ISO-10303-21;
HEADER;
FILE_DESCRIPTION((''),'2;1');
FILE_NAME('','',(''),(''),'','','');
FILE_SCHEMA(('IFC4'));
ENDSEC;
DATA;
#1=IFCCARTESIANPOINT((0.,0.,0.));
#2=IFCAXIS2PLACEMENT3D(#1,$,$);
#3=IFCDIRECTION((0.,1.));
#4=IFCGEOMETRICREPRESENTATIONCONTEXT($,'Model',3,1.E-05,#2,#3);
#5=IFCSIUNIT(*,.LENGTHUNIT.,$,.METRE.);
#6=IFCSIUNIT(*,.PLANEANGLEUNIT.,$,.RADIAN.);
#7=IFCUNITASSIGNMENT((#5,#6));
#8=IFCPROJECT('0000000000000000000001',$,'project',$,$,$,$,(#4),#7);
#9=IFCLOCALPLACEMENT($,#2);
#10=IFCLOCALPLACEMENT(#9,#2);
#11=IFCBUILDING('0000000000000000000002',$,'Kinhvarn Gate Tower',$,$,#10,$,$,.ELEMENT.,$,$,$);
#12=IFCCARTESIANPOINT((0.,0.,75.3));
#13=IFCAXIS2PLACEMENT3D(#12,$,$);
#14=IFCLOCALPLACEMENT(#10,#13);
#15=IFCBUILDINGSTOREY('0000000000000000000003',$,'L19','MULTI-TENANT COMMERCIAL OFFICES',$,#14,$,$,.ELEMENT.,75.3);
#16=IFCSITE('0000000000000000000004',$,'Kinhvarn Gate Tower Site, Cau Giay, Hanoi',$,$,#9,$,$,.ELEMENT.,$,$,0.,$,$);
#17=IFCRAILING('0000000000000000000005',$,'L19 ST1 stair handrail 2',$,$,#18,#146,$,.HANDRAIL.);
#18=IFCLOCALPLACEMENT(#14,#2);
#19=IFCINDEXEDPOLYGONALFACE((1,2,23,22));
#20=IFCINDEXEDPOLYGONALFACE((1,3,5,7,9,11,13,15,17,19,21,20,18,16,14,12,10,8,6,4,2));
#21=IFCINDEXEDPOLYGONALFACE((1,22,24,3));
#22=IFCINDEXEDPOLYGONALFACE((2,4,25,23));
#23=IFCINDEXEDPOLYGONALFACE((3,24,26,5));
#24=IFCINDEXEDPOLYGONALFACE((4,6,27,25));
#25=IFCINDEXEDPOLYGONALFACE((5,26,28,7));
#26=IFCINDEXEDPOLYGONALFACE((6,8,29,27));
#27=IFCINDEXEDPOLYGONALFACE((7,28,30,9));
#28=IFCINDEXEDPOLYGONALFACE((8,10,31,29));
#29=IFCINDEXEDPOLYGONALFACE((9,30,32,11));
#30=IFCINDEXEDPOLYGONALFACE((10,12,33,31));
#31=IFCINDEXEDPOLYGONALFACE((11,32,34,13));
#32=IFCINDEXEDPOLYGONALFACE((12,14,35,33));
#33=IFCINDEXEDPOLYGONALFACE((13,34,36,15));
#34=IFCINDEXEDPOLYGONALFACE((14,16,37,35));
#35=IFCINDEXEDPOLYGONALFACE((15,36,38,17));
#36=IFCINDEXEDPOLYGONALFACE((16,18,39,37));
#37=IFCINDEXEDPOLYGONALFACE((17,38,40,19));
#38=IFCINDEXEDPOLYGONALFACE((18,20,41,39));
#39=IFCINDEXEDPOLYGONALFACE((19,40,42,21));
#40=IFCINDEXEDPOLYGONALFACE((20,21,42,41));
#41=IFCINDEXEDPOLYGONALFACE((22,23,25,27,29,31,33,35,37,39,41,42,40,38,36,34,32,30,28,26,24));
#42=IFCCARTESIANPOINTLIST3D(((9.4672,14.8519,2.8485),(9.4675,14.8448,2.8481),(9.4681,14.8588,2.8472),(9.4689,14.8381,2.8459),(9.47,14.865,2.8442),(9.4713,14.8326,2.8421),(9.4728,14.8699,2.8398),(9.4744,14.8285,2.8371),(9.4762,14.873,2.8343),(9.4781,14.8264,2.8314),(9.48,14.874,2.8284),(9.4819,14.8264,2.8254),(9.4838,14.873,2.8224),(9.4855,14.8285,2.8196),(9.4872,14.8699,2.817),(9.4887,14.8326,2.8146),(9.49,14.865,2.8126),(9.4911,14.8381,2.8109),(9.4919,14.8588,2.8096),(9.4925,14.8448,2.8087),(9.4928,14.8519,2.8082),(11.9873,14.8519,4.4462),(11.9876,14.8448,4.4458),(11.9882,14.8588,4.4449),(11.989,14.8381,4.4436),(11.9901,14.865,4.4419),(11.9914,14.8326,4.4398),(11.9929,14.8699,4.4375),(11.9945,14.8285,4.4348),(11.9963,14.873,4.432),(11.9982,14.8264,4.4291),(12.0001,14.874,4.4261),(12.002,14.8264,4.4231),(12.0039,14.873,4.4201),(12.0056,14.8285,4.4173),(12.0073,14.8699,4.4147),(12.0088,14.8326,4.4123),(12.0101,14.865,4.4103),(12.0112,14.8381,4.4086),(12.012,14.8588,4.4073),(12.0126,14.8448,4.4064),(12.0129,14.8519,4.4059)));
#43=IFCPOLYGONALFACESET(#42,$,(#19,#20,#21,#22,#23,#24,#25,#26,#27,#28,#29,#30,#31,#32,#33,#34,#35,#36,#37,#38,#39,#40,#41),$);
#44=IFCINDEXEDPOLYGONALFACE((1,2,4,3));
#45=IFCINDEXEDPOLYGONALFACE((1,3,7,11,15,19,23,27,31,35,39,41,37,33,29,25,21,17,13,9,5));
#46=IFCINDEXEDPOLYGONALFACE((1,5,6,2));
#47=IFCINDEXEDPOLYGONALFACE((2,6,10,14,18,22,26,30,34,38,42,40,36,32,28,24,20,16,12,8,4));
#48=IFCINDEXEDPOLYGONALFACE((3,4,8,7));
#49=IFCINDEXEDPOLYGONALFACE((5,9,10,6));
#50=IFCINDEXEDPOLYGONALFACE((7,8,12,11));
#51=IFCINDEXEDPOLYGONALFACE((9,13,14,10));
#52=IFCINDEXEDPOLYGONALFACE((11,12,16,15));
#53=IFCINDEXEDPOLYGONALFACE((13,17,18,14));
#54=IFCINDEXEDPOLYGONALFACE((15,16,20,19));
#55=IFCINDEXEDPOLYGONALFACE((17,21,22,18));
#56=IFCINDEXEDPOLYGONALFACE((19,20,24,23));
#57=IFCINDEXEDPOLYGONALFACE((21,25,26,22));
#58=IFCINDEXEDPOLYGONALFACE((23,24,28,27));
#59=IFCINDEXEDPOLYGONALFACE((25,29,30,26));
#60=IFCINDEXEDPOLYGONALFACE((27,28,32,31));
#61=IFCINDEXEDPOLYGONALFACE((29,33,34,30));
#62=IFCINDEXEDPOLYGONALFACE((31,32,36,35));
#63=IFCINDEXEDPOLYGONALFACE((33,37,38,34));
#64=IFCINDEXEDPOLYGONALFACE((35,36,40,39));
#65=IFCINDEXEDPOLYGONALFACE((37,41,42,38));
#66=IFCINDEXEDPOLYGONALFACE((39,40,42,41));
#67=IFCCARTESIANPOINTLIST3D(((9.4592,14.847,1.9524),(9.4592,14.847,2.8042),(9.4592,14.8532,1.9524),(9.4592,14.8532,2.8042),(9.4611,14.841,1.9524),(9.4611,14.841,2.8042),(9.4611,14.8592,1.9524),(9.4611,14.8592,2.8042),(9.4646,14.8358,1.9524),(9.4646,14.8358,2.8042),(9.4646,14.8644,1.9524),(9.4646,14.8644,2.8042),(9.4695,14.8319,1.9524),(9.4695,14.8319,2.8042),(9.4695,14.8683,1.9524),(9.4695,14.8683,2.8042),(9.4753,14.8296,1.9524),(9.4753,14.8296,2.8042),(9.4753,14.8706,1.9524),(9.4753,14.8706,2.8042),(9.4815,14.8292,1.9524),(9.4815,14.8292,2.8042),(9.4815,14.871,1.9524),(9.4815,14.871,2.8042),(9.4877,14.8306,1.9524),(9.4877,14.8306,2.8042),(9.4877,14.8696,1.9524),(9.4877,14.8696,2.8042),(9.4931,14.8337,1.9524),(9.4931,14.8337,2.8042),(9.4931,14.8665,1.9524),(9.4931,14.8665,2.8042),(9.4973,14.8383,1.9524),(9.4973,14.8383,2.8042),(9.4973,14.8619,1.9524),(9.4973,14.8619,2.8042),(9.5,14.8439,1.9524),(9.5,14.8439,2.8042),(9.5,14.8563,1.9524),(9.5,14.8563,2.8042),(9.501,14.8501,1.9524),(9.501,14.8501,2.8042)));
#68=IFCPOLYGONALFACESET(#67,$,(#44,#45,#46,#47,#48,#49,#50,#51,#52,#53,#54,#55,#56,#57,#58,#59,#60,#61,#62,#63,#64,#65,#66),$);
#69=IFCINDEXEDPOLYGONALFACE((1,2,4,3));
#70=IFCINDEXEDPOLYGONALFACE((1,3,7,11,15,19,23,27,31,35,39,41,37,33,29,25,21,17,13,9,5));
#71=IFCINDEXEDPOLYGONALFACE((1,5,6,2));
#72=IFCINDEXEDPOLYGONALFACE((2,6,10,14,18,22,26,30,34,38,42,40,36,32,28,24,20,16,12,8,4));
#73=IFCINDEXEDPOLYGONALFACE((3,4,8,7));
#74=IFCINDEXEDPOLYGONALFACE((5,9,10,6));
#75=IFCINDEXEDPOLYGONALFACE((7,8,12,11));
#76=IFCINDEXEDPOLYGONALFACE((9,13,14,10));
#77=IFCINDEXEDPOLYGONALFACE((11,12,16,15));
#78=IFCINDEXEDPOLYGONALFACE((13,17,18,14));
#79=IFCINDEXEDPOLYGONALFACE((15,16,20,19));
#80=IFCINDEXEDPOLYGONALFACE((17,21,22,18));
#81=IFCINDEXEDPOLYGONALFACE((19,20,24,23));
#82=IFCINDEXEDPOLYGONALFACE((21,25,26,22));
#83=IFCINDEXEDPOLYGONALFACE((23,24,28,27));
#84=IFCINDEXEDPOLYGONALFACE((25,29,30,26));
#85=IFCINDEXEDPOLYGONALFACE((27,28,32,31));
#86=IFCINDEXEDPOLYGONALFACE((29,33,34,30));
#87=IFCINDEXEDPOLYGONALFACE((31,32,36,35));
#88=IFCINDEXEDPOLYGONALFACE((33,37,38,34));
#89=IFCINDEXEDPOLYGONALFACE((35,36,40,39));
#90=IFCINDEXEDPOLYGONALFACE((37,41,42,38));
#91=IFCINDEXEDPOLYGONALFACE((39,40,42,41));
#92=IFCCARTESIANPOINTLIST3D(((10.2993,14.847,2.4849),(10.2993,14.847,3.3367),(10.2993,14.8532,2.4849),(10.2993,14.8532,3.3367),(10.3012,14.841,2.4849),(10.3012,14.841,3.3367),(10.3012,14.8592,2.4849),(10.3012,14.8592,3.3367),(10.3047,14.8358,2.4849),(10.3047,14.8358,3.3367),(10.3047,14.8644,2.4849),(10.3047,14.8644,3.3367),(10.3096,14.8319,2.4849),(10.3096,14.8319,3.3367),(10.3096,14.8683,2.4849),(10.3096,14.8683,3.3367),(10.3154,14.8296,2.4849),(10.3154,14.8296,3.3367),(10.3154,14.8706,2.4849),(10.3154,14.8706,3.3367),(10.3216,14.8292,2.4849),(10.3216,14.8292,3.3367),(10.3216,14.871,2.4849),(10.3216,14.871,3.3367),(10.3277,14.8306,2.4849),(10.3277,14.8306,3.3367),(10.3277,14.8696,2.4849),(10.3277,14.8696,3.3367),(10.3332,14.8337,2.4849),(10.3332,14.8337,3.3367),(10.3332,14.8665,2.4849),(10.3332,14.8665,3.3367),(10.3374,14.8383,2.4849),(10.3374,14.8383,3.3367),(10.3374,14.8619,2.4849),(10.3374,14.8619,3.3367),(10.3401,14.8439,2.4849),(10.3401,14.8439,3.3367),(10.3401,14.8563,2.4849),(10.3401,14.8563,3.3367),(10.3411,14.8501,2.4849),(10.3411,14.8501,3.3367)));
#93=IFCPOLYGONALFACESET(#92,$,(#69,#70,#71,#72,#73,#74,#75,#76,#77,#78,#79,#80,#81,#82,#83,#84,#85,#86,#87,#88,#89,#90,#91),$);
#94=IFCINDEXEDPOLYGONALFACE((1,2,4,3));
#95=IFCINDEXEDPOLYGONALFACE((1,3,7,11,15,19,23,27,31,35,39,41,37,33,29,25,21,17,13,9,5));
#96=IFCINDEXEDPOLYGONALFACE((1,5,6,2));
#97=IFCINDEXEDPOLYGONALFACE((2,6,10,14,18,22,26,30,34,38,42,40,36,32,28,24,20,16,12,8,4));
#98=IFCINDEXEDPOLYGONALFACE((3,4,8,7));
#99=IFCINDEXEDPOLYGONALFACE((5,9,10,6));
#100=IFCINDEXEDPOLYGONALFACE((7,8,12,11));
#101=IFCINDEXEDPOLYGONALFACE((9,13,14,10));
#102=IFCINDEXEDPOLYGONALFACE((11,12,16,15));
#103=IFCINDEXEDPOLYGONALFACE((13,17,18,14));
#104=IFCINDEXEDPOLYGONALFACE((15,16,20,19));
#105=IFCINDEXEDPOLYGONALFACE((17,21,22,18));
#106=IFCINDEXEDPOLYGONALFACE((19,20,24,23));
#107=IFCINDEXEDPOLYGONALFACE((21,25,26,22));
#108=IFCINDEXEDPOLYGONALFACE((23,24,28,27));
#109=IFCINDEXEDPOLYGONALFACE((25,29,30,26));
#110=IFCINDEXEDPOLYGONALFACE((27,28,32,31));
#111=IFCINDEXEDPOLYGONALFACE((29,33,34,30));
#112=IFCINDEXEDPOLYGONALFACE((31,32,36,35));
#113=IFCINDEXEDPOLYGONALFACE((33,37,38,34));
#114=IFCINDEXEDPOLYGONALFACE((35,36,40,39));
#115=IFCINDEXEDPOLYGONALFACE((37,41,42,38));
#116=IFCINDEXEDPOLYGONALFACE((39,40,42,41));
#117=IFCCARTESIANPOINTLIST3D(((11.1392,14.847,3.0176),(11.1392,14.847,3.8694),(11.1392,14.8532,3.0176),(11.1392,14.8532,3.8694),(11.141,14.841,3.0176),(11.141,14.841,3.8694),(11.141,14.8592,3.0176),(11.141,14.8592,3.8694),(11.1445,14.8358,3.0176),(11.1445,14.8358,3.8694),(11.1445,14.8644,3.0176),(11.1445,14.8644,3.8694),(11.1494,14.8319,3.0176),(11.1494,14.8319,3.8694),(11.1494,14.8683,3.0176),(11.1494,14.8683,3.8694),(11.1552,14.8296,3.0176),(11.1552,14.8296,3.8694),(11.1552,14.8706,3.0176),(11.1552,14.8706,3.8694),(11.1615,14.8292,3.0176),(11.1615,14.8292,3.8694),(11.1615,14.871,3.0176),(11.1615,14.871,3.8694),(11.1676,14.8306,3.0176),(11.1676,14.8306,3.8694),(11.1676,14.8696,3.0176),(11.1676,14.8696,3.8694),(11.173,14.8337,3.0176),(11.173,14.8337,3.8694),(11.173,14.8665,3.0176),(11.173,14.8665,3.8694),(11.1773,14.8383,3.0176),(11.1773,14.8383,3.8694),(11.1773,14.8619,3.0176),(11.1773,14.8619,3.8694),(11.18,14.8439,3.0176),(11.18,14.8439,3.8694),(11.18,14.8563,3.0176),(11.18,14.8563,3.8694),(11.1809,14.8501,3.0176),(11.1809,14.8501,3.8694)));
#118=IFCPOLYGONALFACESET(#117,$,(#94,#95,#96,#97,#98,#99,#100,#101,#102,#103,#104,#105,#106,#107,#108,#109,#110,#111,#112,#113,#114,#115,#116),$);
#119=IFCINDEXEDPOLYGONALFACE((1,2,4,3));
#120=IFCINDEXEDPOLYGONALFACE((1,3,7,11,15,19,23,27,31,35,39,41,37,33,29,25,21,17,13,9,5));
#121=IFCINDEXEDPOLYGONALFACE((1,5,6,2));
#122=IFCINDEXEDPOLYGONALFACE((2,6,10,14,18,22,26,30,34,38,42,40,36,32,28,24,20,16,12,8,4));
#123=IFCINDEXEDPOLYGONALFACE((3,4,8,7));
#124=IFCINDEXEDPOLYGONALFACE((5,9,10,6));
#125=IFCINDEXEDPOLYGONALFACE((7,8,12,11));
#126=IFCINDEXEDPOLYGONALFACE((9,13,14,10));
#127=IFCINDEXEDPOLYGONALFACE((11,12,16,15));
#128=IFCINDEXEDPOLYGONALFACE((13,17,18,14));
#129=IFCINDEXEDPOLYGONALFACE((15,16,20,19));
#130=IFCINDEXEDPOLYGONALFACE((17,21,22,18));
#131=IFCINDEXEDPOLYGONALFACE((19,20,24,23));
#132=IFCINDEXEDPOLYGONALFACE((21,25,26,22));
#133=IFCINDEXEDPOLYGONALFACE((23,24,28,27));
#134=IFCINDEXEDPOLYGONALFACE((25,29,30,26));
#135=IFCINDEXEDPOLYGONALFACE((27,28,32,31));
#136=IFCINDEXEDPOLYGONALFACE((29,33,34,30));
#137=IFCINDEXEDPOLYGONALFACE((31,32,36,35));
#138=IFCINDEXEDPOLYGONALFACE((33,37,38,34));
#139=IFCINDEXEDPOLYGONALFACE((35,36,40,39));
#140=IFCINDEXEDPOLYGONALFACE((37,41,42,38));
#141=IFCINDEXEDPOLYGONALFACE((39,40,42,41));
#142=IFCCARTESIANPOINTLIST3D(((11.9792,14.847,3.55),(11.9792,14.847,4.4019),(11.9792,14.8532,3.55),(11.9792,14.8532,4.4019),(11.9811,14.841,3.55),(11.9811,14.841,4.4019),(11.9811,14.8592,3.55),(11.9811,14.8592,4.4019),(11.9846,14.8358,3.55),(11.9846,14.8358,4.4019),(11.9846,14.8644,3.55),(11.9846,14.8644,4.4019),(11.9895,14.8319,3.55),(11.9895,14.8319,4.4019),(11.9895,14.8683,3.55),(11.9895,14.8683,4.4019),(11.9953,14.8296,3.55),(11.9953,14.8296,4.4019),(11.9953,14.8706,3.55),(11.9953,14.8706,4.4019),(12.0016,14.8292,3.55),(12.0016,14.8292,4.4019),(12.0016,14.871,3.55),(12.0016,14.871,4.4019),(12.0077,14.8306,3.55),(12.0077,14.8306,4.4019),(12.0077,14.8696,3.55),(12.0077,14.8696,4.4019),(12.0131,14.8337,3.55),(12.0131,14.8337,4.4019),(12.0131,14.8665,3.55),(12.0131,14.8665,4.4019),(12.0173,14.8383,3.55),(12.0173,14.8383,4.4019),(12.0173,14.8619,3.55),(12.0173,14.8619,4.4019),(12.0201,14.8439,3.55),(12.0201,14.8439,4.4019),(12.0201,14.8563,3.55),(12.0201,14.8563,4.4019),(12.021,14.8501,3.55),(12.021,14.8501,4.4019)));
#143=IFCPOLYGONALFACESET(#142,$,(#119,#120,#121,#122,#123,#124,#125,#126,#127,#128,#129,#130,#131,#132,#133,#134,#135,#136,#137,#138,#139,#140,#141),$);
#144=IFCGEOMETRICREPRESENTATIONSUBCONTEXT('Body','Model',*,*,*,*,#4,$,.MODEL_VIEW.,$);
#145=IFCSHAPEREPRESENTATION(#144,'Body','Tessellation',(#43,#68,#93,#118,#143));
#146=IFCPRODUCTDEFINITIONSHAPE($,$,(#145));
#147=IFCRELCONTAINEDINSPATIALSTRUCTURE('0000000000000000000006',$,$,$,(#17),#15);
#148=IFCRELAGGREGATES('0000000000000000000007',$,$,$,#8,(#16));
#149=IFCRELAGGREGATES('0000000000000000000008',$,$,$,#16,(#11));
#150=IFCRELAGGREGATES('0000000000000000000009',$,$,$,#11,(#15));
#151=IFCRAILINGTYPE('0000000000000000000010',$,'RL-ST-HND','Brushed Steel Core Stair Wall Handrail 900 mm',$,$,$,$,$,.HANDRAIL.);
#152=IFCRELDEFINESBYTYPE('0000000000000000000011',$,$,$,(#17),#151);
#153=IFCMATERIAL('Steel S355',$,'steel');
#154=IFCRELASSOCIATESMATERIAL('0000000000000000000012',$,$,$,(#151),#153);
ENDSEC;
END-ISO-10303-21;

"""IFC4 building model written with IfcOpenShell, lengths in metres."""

from ifc_helpers import new_model, si_unit, direction, frame, origin, origin_2d, place, context, subcontext, project, spatial, circle, extrude, material, type_object, element, save


model = new_model("IFC4")

# Units and contexts
model_context = context("Model", 3, precision=1e-05, world=origin(), true_north=direction((0.0, 1.0)))
body_context = subcontext(model_context, "Body", "Model", "MODEL_VIEW")
ifc_project = project(units=[si_unit("LENGTHUNIT", "METRE"), si_unit("PLANEANGLEUNIT", "RADIAN")], contexts=[model_context])

# Site, building, storey
site_placement = place(None, origin())
site = spatial("IfcSite", under=ifc_project, at=site_placement, Name="Kinhvarn Gate Tower Site, Cau Giay, Hanoi", CompositionType="ELEMENT", RefElevation=0.0)
building_placement = place(site_placement, origin())
building = spatial("IfcBuilding", under=site, at=building_placement, Name="Kinhvarn Gate Tower", CompositionType="ELEMENT")
storey_placement = place(building_placement, frame((0.0, 0.0, 75.3)))
storey = spatial("IfcBuildingStorey", under=building, at=storey_placement, Name="L19", Description="MULTI-TENANT COMMERCIAL OFFICES", CompositionType="ELEMENT", Elevation=75.3)

# Railing
ifc_material_1 = material(Name="Steel S355", Category="steel")
railing_type_1 = type_object("IfcRailingType", Name="RL-ST-HND", Description="Brushed Steel Core Stair Wall Handrail 900 mm", PredefinedType="HANDRAIL", material=ifc_material_1)
railing_1_placement = place(storey_placement, frame((9.48, 14.8501, 1.9524)))
element("IfcRailing", 1, at=railing_1_placement, inside=storey, type_object=railing_type_1, Name="L19 ST1 stair handrail 2", PredefinedType="HANDRAIL", context=body_context, shape_type="SweptSolid", body=[
    extrude(circle(Radius=0.0239, at=origin_2d()), frame((0.0, 0.0, 0.876), z_axis=(0.84457, 0.0, 0.535445), x_axis=(0.0, 1.0, 0.0)), (0.0, 0.0, 1.0), 2.9839),
    extrude(circle(Radius=0.021, at=origin_2d()), origin(), (0.0, 0.0, 1.0), 0.8518),
    extrude(circle(Radius=0.021, at=origin_2d()), frame((0.8401, 0.0, 0.5325)), (0.0, 0.0, 1.0), 0.8518),
    extrude(circle(Radius=0.021, at=origin_2d()), frame((1.6799, 0.0, 1.0652)), (0.0, 0.0, 1.0), 0.8518),
    extrude(circle(Radius=0.021, at=origin_2d()), frame((2.52, 0.0, 1.5977)), (0.0, 0.0, 1.0), 0.8518),
])

save(model, "model.ifc")
